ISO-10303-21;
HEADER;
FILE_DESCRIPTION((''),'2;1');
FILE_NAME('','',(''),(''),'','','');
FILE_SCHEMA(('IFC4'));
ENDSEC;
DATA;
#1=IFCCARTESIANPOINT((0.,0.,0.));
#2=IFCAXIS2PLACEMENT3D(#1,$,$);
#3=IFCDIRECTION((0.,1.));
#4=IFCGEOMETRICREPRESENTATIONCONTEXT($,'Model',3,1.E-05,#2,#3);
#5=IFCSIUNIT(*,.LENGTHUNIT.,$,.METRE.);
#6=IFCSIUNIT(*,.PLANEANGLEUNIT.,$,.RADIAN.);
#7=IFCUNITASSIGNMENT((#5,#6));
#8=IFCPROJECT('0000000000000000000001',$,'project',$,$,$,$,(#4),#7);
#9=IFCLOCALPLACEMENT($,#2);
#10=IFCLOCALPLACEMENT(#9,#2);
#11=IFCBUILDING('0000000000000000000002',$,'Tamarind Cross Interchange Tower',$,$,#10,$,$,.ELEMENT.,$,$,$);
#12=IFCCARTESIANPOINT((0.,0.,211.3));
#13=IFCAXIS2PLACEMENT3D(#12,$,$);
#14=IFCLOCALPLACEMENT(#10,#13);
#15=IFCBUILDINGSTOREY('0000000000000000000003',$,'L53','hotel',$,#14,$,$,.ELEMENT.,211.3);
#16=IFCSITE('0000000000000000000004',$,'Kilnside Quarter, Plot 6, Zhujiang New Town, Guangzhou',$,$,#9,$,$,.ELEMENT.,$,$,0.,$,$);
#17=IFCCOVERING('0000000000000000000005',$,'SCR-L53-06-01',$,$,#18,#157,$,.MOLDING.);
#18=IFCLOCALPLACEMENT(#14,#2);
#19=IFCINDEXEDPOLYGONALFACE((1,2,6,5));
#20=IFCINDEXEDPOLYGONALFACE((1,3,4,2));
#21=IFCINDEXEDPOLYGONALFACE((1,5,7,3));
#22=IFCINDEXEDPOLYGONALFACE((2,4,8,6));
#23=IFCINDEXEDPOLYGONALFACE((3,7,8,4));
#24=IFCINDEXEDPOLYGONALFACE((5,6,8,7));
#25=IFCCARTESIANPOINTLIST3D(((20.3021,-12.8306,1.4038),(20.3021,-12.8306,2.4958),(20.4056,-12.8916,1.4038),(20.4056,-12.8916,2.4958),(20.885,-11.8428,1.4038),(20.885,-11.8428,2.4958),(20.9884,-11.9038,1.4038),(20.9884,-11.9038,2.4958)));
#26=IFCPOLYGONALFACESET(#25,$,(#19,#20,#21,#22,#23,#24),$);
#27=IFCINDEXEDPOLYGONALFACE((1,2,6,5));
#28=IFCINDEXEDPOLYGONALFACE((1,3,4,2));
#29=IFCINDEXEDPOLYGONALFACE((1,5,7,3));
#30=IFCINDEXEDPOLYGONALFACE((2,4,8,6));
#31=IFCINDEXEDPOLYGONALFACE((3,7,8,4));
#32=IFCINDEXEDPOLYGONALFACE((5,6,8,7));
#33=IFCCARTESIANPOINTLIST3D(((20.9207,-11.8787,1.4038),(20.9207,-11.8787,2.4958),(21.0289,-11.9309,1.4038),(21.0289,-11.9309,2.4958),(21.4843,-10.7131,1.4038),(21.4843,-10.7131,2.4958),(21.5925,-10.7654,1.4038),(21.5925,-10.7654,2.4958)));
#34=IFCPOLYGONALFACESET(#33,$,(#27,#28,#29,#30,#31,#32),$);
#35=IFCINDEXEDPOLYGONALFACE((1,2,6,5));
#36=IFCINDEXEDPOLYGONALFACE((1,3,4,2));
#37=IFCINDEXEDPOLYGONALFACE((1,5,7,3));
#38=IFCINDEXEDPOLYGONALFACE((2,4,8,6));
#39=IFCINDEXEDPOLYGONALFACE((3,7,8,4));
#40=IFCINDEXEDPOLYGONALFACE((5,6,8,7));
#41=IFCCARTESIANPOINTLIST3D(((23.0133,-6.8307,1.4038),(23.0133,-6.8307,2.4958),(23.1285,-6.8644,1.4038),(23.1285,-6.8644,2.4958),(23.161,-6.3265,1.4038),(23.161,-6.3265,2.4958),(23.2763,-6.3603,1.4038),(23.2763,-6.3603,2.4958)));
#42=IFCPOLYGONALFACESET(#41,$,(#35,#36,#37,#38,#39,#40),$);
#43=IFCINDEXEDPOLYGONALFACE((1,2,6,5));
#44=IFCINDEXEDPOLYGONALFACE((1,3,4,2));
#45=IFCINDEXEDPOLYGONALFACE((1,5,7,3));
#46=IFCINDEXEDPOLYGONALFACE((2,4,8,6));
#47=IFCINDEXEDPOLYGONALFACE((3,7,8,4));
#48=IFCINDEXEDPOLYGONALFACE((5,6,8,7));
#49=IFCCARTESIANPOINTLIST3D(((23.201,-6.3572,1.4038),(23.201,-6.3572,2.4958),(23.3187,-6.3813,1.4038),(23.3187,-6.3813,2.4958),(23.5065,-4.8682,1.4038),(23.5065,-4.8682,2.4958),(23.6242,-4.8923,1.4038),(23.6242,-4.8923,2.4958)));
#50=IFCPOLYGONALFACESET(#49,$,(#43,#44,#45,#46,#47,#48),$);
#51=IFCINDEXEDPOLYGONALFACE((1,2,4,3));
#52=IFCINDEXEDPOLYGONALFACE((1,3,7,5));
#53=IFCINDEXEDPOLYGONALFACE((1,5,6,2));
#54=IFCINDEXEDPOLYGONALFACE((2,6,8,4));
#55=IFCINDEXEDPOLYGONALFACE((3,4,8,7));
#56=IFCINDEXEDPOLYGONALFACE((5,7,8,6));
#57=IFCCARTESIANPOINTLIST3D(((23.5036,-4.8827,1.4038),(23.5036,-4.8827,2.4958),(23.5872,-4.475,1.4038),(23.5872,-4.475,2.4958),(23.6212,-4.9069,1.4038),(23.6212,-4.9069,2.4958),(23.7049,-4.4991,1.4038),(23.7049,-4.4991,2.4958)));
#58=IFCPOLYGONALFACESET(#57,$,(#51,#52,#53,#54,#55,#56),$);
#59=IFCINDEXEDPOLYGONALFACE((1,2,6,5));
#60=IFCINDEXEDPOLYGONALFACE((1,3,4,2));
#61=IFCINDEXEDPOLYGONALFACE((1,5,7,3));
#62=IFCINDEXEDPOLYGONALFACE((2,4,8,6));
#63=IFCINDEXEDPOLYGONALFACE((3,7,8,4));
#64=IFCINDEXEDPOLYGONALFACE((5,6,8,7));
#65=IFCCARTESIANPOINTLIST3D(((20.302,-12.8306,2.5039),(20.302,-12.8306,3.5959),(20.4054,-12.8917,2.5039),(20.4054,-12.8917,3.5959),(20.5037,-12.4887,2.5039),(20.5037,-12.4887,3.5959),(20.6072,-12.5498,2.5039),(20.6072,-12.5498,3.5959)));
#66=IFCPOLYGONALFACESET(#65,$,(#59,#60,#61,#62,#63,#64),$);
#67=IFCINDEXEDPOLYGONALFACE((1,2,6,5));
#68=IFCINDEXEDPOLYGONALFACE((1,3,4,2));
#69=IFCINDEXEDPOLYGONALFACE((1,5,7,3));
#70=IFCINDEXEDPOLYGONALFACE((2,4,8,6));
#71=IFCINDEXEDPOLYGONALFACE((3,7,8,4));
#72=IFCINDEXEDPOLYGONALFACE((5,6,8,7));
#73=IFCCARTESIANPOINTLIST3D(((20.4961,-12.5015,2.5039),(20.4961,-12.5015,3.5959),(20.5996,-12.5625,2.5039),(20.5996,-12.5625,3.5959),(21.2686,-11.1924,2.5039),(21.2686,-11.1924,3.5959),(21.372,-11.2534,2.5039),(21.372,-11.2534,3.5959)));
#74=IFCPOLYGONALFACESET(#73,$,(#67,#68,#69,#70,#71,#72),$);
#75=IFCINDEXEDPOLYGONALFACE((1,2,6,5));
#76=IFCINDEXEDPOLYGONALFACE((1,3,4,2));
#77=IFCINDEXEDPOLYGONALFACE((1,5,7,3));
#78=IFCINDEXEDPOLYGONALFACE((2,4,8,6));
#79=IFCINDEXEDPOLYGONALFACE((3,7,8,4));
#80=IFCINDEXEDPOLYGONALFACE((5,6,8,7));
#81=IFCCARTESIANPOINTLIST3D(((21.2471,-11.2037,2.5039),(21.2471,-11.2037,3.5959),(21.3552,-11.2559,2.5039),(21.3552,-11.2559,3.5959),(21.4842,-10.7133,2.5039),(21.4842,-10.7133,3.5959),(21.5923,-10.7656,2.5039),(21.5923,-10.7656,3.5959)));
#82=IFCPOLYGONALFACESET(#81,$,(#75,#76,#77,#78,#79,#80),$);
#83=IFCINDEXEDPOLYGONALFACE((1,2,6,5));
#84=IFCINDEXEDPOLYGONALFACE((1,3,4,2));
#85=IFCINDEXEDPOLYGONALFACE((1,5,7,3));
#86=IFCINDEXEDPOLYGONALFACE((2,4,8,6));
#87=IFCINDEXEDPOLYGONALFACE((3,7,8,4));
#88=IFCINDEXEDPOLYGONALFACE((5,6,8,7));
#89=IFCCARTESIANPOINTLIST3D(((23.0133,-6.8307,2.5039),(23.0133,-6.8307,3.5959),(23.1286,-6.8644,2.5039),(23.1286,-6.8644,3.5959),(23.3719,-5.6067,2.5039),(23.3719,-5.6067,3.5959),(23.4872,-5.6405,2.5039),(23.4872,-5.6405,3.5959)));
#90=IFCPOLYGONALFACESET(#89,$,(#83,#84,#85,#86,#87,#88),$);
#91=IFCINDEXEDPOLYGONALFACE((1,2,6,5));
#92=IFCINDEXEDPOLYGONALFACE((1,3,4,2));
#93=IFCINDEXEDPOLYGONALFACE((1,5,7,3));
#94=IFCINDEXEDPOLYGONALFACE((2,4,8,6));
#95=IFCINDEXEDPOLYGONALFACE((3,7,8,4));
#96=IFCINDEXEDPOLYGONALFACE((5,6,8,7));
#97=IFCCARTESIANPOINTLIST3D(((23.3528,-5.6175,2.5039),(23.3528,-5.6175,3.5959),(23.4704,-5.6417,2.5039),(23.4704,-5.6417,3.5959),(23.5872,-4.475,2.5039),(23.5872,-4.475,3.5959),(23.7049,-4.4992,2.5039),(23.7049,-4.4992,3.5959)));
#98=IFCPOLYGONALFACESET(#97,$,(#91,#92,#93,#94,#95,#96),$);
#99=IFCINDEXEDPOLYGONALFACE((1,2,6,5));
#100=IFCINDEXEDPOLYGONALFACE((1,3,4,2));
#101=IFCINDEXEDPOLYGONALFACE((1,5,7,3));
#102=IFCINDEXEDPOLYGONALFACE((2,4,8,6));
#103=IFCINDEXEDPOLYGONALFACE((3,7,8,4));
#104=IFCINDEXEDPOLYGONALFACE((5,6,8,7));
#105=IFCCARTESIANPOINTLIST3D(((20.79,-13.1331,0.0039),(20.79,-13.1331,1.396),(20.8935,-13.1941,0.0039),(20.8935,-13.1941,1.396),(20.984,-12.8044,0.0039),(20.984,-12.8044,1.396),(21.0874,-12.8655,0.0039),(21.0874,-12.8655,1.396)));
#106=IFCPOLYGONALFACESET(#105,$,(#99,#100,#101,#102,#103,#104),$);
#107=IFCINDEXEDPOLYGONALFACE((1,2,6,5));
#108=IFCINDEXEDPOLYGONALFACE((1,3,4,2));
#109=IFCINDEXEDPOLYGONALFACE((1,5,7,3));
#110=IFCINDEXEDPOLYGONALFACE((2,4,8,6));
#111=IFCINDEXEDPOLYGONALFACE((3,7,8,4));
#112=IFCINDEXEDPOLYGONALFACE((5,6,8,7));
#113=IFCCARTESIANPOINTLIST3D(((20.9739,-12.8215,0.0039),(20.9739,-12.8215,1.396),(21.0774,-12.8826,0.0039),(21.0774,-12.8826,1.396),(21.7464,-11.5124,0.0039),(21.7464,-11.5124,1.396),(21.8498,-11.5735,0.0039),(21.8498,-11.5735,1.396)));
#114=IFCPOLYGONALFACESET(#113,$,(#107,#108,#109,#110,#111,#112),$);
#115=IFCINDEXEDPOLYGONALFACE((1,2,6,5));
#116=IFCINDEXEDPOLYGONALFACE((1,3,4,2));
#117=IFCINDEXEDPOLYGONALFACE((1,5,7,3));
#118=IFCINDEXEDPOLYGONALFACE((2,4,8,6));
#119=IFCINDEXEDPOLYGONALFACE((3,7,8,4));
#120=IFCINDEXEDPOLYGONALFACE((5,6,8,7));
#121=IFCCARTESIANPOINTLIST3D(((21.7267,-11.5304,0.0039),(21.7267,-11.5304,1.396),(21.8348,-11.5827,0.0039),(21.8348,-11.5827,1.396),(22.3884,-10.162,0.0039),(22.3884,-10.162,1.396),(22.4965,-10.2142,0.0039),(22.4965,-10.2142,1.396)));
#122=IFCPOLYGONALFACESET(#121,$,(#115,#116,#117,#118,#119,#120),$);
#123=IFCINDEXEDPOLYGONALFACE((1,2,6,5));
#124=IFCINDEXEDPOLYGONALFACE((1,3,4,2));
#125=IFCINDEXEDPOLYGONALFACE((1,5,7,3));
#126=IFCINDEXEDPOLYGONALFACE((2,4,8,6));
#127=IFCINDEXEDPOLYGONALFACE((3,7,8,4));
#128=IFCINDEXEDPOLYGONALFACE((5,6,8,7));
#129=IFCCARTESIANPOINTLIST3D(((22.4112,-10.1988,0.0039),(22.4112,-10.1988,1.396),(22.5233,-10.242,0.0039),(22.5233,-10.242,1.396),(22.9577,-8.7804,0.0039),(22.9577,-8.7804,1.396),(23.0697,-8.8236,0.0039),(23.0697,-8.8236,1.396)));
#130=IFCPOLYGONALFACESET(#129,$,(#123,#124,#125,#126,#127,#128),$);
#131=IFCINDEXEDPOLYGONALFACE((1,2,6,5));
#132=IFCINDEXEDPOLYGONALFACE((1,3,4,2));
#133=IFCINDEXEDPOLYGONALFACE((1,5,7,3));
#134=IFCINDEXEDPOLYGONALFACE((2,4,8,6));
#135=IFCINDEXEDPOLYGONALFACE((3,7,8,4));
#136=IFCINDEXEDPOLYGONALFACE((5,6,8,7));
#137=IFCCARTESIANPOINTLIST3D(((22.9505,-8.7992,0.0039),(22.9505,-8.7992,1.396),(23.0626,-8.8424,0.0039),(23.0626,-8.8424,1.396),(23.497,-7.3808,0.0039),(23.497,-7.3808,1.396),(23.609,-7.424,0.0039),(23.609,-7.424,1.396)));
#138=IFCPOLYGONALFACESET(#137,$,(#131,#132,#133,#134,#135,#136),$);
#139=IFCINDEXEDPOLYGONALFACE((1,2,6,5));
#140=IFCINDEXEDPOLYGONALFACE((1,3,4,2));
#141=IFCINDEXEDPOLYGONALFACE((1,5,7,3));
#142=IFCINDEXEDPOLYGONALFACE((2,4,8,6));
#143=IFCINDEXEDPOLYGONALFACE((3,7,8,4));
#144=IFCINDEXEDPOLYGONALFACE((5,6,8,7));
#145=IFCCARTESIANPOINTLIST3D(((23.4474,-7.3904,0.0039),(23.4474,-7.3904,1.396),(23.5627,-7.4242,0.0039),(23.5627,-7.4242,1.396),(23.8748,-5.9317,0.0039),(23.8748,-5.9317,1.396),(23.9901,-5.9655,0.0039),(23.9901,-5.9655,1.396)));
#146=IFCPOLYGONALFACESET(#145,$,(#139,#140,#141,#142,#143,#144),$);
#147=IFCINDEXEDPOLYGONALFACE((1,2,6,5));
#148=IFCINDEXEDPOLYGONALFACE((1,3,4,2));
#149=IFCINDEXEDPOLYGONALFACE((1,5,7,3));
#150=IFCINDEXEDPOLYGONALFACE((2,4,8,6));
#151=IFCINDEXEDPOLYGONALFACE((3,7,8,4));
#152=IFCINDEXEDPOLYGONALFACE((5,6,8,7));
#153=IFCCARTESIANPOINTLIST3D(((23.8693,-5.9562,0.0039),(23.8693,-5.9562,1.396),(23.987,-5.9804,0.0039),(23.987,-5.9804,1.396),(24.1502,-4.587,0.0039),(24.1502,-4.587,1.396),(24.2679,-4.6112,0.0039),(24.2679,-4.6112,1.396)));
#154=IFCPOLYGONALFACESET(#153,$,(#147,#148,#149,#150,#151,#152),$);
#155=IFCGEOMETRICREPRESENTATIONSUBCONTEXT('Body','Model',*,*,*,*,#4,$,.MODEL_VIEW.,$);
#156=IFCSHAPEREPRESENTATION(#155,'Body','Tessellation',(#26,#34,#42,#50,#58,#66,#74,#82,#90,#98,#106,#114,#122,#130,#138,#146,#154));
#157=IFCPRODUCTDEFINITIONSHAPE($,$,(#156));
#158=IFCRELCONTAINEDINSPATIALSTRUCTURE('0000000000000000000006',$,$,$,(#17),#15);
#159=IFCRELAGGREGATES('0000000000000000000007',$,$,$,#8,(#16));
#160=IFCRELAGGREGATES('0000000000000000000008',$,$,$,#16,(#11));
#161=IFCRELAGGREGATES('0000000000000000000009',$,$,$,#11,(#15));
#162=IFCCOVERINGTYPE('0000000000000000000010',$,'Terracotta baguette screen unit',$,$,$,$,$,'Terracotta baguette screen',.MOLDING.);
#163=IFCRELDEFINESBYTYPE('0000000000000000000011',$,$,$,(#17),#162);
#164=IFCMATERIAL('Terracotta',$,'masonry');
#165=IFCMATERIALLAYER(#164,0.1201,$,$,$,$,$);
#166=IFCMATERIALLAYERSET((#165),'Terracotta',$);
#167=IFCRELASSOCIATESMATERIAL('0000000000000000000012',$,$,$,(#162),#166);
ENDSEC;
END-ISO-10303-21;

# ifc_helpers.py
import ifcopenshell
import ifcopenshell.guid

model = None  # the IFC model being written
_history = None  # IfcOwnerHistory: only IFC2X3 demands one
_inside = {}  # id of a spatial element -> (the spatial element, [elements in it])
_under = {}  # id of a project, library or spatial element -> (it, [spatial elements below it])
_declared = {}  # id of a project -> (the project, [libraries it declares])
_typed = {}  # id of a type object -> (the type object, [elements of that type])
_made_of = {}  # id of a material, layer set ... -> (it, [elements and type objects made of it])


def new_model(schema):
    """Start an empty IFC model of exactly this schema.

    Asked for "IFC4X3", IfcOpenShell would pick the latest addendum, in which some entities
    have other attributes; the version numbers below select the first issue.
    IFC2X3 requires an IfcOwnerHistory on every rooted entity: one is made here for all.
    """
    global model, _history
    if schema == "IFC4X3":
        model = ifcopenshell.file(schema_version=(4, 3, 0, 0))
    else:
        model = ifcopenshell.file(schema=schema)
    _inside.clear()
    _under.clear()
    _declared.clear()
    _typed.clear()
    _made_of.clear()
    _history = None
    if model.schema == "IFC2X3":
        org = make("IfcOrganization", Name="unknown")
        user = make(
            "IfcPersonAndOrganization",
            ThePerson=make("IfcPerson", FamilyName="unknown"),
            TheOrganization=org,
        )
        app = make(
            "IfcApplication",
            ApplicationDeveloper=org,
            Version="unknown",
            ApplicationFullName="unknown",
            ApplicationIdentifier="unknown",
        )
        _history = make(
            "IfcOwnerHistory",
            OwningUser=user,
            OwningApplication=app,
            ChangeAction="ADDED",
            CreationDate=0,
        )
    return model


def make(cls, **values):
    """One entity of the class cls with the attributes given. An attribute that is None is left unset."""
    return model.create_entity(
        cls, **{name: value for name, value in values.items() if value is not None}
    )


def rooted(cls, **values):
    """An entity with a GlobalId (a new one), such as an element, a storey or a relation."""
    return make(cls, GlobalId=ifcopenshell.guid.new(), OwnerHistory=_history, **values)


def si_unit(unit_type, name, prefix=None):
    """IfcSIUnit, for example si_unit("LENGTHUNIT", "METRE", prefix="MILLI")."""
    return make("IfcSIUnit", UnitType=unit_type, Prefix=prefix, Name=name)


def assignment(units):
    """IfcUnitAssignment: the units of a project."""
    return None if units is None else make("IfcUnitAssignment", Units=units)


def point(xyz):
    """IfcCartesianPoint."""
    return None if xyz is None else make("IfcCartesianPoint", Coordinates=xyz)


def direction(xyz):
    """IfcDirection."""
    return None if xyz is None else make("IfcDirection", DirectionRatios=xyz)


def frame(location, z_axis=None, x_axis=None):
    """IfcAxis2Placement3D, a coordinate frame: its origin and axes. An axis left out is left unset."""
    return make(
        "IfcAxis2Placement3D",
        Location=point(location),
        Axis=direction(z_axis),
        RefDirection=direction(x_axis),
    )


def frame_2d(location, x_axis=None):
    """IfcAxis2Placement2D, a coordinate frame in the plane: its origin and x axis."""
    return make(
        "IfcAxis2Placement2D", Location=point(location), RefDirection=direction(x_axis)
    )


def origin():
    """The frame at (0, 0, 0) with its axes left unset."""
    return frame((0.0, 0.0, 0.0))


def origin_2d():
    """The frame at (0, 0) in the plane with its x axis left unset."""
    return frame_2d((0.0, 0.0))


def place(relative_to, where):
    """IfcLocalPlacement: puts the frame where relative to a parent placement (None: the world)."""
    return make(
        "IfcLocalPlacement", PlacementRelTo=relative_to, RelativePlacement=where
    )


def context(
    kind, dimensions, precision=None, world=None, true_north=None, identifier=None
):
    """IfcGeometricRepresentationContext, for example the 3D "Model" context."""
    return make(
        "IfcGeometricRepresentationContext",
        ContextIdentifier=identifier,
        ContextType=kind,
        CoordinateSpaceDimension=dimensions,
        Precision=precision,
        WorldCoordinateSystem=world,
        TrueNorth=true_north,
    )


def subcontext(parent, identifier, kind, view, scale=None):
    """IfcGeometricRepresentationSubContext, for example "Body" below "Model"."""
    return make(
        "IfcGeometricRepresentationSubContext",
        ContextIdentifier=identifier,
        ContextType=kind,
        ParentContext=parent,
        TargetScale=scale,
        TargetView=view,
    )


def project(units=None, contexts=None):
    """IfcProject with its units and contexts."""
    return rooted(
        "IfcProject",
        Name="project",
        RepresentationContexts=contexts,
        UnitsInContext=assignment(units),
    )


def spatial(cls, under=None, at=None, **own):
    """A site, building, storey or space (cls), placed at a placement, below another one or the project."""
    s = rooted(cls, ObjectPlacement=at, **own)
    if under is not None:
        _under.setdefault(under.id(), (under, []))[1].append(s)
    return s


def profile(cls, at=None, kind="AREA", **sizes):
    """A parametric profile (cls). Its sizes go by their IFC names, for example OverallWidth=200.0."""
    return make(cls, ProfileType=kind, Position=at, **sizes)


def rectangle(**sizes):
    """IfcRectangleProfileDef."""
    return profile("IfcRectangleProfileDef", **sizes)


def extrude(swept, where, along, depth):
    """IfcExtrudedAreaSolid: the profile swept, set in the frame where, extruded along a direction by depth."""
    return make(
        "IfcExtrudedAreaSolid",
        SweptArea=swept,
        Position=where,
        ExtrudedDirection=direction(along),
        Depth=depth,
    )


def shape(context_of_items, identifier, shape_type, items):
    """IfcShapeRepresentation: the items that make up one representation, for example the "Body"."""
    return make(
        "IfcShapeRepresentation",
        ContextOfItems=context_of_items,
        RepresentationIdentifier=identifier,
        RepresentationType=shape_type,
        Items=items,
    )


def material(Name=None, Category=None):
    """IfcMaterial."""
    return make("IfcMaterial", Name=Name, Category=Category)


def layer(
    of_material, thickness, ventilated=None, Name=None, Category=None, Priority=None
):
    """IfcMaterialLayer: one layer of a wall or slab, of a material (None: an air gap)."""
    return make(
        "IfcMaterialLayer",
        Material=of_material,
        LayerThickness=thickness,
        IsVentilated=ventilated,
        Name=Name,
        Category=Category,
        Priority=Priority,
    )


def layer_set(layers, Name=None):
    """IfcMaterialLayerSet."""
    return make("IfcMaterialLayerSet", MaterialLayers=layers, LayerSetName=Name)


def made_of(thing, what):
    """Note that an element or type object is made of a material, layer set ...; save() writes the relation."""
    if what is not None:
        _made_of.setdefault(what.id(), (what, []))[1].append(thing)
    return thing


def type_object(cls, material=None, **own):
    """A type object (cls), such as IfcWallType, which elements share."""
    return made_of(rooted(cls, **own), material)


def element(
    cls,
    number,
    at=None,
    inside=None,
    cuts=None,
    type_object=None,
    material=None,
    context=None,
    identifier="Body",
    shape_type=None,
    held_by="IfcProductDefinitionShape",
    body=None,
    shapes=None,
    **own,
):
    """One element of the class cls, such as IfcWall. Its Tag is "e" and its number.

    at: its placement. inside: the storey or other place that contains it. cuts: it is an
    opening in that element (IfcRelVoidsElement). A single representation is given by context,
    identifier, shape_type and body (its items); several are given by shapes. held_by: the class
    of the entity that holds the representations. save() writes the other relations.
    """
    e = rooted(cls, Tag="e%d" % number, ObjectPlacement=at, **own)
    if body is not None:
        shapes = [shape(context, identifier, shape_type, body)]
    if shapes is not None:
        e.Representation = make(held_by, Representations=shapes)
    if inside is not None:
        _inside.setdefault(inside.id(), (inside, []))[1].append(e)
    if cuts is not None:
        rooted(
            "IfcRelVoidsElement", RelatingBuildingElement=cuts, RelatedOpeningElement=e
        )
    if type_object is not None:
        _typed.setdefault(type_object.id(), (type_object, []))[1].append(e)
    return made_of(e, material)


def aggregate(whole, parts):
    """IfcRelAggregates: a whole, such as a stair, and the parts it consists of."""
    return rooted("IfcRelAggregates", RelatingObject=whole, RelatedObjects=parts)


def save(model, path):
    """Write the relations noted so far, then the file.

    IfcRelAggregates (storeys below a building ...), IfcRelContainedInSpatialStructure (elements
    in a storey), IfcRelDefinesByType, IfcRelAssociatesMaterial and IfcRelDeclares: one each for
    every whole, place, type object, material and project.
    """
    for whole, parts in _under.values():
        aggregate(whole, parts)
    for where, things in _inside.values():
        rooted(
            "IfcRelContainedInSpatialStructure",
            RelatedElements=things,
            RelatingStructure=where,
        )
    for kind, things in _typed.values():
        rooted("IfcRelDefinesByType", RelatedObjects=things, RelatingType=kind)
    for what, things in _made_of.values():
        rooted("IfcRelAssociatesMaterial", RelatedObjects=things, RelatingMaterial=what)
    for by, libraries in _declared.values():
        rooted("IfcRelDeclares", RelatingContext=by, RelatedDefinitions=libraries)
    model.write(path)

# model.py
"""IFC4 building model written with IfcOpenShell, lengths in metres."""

from ifc_helpers import new_model, si_unit, direction, frame, origin, origin_2d, place, context, subcontext, project, spatial, rectangle, extrude, material, layer, layer_set, type_object, element, save


model = new_model("IFC4")

# Units and contexts
model_context = context("Model", 3, precision=1e-05, world=origin(), true_north=direction((0.0, 1.0)))
body_context = subcontext(model_context, "Body", "Model", "MODEL_VIEW")
ifc_project = project(units=[si_unit("LENGTHUNIT", "METRE"), si_unit("PLANEANGLEUNIT", "RADIAN")], contexts=[model_context])

# Site, building, storey
site_placement = place(None, origin())
site = spatial("IfcSite", under=ifc_project, at=site_placement, Name="Kilnside Quarter, Plot 6, Zhujiang New Town, Guangzhou", CompositionType="ELEMENT", RefElevation=0.0)
building_placement = place(site_placement, origin())
building = spatial("IfcBuilding", under=site, at=building_placement, Name="Tamarind Cross Interchange Tower", CompositionType="ELEMENT")
storey_placement = place(building_placement, frame((0.0, 0.0, 211.3)))
storey = spatial("IfcBuildingStorey", under=building, at=storey_placement, Name="L53", Description="hotel", CompositionType="ELEMENT", Elevation=211.3)

# Covering
ifc_material_1 = material(Name="Terracotta", Category="masonry")
ifc_layer_1 = layer(ifc_material_1, 0.1201)
ifc_layer_set_1 = layer_set([ifc_layer_1], Name="Terracotta")
covering_type = type_object("IfcCoveringType", Name="Terracotta baguette screen unit", ElementType="Terracotta baguette screen", PredefinedType="MOLDING", material=ifc_layer_set_1)
covering_1_placement = place(storey_placement, origin())
element("IfcCovering", 1, at=covering_1_placement, inside=storey, type_object=covering_type, Name="SCR-L53-06-01", PredefinedType="MOLDING", context=body_context, shape_type="SweptSolid", body=[
    extrude(rectangle(XDim=1.147, YDim=0.1201, at=origin_2d()), frame((20.6453, -12.3672, 1.4038), z_axis=(0.0, 0.0, 1.0), x_axis=(0.508183, 0.861249, 0.0)), (0.0, 0.0, 1.0), 1.092),
    extrude(rectangle(XDim=1.2947, YDim=0.1201, at=origin_2d()), frame((21.2566, -11.322, 1.4038), z_axis=(0.0, 0.0, 1.0), x_axis=(0.435326, 0.900273, 0.0)), (0.0, 0.0, 1.0), 1.092),
    extrude(rectangle(XDim=0.5254, YDim=0.1201, at=origin_2d()), frame((23.1448, -6.5955, 1.4038), z_axis=(0.0, 0.0, 1.0), x_axis=(0.281209, 0.959647, 0.0)), (0.0, 0.0, 1.0), 1.092),
    extrude(rectangle(XDim=1.52, YDim=0.1201, at=origin_2d()), frame((23.4126, -5.6248, 1.4038), z_axis=(0.0, 0.0, 1.0), x_axis=(0.201001, 0.979591, 0.0)), (0.0, 0.0, 1.0), 1.092),
    extrude(rectangle(XDim=0.4163, YDim=0.1201, at=origin_2d()), frame((23.6042, -4.6909, 1.4038), z_axis=(0.0, 0.0, 1.0), x_axis=(0.201001, 0.979591, 0.0)), (0.0, 0.0, 1.0), 1.092),
    extrude(rectangle(XDim=0.397, YDim=0.1201, at=origin_2d()), frame((20.4546, -12.6902, 2.5039), z_axis=(0.0, 0.0, 1.0), x_axis=(0.508183, 0.861249, 0.0)), (0.0, 0.0, 1.0), 1.092),
    extrude(rectangle(XDim=1.52, YDim=0.1201, at=origin_2d()), frame((20.9341, -11.8774, 2.5039), z_axis=(0.0, 0.0, 1.0), x_axis=(0.508183, 0.861249, 0.0)), (0.0, 0.0, 1.0), 1.092),
    extrude(rectangle(XDim=0.5447, YDim=0.1201, at=origin_2d()), frame((21.4197, -10.9846, 2.5039), z_axis=(0.0, 0.0, 1.0), x_axis=(0.435326, 0.900273, 0.0)), (0.0, 0.0, 1.0), 1.092),
    extrude(rectangle(XDim=1.2754, YDim=0.1201, at=origin_2d()), frame((23.2502, -6.2356, 2.5039), z_axis=(0.0, 0.0, 1.0), x_axis=(0.281209, 0.959647, 0.0)), (0.0, 0.0, 1.0), 1.092),
    extrude(rectangle(XDim=1.1663, YDim=0.1201, at=origin_2d()), frame((23.5288, -5.0583, 2.5039), z_axis=(0.0, 0.0, 1.0), x_axis=(0.201001, 0.979591, 0.0)), (0.0, 0.0, 1.0), 1.092),
    extrude(rectangle(XDim=0.3816, YDim=0.1201, at=origin_2d()), frame((20.9387, -12.9993, 0.0039), z_axis=(0.0, 0.0, 1.0), x_axis=(0.508183, 0.861249, 0.0)), (0.0, 0.0, 1.0), 1.3921),
    extrude(rectangle(XDim=1.52, YDim=0.1201, at=origin_2d()), frame((21.4119, -12.1975, 0.0039), z_axis=(0.0, 0.0, 1.0), x_axis=(0.508183, 0.861249, 0.0)), (0.0, 0.0, 1.0), 1.3921),
    extrude(rectangle(XDim=1.52, YDim=0.1201, at=origin_2d()), frame((22.1116, -10.8723, 0.0039), z_axis=(0.0, 0.0, 1.0), x_axis=(0.435326, 0.900273, 0.0)), (0.0, 0.0, 1.0), 1.3921),
    extrude(rectangle(XDim=1.52, YDim=0.1201, at=origin_2d()), frame((22.7405, -9.5112, 0.0039), z_axis=(0.0, 0.0, 1.0), x_axis=(0.359495, 0.933147, 0.0)), (0.0, 0.0, 1.0), 1.3921),
    extrude(rectangle(XDim=1.52, YDim=0.1201, at=origin_2d()), frame((23.2798, -8.1116, 0.0039), z_axis=(0.0, 0.0, 1.0), x_axis=(0.359495, 0.933147, 0.0)), (0.0, 0.0, 1.0), 1.3921),
    extrude(rectangle(XDim=1.52, YDim=0.1201, at=origin_2d()), frame((23.7188, -6.678, 0.0039), z_axis=(0.0, 0.0, 1.0), x_axis=(0.281209, 0.959647, 0.0)), (0.0, 0.0, 1.0), 1.3921),
    extrude(rectangle(XDim=1.3977, YDim=0.1201, at=origin_2d()), frame((24.0686, -5.2837, 0.0039), z_axis=(0.0, 0.0, 1.0), x_axis=(0.201001, 0.979591, 0.0)), (0.0, 0.0, 1.0), 1.3921),
])

save(model, "model.ifc")
